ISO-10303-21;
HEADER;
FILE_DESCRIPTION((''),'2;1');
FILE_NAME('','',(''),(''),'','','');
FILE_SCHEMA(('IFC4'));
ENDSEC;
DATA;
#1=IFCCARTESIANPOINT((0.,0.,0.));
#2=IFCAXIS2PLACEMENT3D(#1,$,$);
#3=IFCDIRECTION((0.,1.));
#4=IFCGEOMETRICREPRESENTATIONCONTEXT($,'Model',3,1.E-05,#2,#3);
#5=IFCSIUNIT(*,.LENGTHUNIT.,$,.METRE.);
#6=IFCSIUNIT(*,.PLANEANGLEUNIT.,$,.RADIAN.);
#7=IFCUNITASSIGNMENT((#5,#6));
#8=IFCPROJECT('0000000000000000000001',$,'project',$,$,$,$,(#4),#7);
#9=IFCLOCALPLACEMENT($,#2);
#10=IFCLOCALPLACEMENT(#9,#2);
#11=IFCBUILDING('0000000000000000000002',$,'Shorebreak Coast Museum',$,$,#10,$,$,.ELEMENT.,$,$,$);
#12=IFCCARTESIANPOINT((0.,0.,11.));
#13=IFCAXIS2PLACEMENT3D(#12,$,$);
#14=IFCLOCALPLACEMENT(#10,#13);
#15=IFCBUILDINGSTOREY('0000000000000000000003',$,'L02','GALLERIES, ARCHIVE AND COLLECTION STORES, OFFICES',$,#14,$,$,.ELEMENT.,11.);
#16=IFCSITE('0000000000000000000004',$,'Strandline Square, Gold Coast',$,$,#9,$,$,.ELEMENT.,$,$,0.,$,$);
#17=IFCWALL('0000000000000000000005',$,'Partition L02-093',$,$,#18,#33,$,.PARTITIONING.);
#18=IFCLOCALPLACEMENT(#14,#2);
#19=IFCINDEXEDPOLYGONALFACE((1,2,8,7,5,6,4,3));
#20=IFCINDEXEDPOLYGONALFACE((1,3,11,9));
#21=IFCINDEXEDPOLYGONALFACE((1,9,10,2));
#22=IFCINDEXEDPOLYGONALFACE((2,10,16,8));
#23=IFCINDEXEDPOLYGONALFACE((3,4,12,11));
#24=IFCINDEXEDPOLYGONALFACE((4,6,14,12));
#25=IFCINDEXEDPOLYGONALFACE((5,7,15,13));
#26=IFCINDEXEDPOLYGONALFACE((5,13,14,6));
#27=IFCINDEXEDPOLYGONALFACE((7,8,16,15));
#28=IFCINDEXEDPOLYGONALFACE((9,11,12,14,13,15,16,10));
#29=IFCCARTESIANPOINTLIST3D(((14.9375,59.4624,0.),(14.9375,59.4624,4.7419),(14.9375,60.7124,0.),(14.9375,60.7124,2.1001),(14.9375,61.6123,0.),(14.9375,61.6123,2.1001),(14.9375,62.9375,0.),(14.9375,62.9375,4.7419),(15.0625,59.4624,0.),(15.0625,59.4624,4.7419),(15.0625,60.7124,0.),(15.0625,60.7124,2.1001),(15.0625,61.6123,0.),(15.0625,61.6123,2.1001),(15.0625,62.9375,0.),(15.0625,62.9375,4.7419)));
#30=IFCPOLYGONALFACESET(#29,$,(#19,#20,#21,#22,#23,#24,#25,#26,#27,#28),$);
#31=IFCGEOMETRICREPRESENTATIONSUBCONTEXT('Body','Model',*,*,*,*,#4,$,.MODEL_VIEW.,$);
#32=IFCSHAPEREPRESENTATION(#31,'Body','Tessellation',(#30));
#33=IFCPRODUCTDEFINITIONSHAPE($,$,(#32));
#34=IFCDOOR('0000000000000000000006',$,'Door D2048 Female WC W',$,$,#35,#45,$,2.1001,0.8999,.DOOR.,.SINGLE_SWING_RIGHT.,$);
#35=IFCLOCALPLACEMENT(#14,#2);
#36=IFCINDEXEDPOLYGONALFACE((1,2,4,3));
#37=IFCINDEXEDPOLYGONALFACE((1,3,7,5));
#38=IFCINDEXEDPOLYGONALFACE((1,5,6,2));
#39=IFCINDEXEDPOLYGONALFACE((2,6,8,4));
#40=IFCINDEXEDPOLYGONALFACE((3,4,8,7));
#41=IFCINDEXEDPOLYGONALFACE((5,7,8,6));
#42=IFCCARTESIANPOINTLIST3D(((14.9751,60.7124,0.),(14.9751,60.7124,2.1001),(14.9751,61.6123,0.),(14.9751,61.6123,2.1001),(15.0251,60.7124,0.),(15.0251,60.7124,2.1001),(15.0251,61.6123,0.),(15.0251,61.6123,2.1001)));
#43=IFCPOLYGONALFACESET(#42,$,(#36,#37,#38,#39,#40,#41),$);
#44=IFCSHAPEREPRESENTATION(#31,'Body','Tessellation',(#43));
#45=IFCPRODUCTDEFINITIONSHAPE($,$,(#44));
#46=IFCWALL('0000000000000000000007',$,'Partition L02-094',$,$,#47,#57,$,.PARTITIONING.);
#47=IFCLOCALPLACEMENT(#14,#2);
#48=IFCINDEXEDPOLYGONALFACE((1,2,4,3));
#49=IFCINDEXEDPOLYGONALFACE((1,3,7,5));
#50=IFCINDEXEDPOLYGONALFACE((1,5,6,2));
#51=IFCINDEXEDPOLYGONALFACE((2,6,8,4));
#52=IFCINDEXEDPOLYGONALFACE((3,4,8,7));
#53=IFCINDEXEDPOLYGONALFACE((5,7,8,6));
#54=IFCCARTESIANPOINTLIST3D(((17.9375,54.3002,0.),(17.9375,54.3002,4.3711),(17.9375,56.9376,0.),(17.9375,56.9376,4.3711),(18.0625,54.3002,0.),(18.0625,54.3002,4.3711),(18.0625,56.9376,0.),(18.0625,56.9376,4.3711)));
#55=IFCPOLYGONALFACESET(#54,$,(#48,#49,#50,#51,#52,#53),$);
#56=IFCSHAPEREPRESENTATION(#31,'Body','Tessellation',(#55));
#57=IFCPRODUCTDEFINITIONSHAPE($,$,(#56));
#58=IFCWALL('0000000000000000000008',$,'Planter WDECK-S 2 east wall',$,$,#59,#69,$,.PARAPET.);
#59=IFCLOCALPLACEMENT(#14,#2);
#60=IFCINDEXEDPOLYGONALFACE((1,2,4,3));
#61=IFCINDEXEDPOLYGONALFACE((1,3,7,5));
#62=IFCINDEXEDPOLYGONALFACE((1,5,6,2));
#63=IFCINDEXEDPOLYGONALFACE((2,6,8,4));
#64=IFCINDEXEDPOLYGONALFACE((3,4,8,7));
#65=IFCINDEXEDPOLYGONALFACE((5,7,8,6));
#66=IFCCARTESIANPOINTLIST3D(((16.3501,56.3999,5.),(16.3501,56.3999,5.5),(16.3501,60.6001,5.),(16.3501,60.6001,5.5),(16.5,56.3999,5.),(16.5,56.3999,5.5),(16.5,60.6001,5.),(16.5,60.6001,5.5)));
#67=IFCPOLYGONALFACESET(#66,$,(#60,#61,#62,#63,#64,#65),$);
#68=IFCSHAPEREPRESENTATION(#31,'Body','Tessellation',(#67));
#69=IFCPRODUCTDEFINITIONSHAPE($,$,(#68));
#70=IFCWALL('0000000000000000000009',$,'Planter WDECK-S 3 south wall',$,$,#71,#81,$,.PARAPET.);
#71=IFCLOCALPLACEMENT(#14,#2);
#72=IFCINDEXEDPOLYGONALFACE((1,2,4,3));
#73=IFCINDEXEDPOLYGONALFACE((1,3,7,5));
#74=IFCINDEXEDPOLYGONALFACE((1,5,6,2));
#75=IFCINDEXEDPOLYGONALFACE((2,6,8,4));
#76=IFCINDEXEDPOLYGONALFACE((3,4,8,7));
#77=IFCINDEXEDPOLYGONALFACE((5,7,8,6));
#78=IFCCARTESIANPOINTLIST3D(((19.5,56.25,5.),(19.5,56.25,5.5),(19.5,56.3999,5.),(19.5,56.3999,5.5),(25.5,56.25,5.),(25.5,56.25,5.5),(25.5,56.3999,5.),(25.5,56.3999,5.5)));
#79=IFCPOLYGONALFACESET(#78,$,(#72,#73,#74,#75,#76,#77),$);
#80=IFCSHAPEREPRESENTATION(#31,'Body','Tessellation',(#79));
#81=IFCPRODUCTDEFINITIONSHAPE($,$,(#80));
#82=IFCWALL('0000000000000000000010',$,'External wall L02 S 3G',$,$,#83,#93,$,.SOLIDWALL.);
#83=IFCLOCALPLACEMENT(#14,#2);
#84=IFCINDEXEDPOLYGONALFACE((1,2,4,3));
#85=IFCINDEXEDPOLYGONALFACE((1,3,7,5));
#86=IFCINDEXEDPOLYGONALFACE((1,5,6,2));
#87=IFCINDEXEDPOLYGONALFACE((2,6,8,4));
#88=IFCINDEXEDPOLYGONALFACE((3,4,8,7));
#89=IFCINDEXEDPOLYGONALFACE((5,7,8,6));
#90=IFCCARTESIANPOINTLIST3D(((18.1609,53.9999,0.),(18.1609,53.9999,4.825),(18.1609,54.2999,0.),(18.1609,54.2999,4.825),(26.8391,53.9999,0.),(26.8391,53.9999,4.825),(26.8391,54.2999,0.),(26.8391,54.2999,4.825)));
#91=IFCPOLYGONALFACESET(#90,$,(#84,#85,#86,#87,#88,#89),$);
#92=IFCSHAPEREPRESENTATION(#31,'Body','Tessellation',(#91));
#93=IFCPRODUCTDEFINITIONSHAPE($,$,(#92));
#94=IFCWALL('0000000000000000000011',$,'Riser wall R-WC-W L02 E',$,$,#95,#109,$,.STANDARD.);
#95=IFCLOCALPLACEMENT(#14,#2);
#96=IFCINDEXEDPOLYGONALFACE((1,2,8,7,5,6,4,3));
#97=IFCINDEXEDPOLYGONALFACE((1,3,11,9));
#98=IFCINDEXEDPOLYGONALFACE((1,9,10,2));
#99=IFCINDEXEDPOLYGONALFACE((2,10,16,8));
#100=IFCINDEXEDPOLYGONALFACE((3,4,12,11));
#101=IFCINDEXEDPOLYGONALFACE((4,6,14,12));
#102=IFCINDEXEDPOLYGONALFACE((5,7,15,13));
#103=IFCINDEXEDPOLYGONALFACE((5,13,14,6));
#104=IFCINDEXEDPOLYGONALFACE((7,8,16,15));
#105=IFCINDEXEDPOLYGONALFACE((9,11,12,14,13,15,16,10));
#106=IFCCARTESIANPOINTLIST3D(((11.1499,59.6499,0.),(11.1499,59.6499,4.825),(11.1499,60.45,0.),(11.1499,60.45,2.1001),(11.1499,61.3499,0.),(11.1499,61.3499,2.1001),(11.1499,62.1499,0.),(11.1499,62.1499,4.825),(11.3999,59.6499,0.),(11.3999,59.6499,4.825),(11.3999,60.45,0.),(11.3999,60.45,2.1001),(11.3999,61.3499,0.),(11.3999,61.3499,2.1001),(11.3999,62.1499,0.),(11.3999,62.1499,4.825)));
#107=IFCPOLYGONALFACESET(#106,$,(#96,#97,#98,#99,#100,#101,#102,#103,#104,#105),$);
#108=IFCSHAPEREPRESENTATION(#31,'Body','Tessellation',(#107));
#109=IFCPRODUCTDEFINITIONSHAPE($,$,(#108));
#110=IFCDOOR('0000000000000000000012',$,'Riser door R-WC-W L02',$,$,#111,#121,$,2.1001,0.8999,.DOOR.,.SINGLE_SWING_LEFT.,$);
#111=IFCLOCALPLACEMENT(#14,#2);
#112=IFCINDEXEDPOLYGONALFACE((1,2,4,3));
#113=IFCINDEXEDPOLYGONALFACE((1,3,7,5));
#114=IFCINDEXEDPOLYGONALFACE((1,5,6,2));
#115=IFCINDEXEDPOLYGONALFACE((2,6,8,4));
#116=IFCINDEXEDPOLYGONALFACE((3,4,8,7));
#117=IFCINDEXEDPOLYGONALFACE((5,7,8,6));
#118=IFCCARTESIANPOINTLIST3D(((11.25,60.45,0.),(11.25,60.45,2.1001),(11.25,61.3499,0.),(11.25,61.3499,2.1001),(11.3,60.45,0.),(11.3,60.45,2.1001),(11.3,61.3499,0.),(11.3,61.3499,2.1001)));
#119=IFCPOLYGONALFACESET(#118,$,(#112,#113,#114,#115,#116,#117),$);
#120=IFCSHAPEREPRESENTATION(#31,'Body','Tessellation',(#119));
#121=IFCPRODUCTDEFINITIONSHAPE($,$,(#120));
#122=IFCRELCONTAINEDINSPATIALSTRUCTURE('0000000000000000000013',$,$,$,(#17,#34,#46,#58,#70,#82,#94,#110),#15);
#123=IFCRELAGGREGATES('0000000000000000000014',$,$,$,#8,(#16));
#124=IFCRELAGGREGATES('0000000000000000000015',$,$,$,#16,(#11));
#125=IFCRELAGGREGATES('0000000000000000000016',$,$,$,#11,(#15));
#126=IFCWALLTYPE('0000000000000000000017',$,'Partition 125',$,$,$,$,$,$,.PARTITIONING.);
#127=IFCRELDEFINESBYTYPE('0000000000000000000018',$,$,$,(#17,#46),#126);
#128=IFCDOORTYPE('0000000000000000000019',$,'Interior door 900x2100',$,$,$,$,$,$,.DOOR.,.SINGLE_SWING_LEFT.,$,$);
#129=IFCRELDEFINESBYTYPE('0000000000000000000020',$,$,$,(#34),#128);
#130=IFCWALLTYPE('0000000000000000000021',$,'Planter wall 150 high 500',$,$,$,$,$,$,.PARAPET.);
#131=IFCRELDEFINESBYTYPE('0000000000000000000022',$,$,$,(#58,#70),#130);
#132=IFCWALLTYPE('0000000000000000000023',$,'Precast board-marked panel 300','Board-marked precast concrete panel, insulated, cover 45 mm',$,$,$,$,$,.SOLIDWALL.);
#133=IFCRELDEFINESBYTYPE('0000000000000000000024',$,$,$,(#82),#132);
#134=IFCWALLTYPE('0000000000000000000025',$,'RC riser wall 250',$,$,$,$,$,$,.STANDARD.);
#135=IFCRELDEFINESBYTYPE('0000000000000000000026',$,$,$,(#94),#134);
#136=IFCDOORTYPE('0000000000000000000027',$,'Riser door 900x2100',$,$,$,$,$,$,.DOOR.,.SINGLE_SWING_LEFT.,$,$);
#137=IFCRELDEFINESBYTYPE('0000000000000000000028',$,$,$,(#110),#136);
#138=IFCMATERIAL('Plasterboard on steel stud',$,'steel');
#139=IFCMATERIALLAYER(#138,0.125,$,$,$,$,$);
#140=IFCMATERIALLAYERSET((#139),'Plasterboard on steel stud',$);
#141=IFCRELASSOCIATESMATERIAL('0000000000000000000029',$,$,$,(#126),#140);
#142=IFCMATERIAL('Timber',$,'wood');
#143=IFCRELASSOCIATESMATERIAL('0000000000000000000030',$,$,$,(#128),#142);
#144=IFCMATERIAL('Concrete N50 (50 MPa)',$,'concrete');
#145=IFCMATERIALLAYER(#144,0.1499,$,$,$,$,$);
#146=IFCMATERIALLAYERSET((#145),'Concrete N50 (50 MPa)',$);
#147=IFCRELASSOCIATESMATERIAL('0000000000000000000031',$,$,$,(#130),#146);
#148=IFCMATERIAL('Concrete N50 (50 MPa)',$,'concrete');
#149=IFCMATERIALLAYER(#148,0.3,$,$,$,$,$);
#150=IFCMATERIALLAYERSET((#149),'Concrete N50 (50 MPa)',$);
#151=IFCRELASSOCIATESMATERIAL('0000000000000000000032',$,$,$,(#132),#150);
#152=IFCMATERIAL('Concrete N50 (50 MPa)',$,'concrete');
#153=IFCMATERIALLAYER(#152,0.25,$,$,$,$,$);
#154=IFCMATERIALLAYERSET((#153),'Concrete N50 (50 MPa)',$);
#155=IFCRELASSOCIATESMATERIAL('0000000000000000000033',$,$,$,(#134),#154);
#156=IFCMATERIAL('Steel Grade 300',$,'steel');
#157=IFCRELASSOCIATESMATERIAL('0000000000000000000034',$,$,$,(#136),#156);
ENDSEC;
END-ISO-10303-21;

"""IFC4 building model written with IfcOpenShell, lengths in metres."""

from ifc_helpers import new_model, si_unit, direction, frame, frame_2d, origin, place, context, subcontext, project, spatial, rectangle, extrude, material, layer, layer_set, type_object, element, fill, save


model = new_model("IFC4")

# Units and contexts
model_context = context("Model", 3, precision=1e-05, world=origin(), true_north=direction((0.0, 1.0)))
body_context = subcontext(model_context, "Body", "Model", "MODEL_VIEW")
ifc_project = project(units=[si_unit("LENGTHUNIT", "METRE"), si_unit("PLANEANGLEUNIT", "RADIAN")], contexts=[model_context])

# Site, building, storey
site_placement = place(None, origin())
site = spatial("IfcSite", under=ifc_project, at=site_placement, Name="Strandline Square, Gold Coast", CompositionType="ELEMENT", RefElevation=0.0)
building_placement = place(site_placement, origin())
building = spatial("IfcBuilding", under=site, at=building_placement, Name="Shorebreak Coast Museum", CompositionType="ELEMENT")
storey_placement = place(building_placement, frame((0.0, 0.0, 11.0)))
storey = spatial("IfcBuildingStorey", under=building, at=storey_placement, Name="L02", Description="GALLERIES, ARCHIVE AND COLLECTION STORES, OFFICES", CompositionType="ELEMENT", Elevation=11.0)

# Shared definitions
ifc_material_1 = material(Name="Plasterboard on steel stud", Category="steel")
ifc_layer_1 = layer(ifc_material_1, 0.125)
ifc_layer_set_1 = layer_set([ifc_layer_1], Name="Plasterboard on steel stud")
wall_type_1 = type_object("IfcWallType", Name="Partition 125", PredefinedType="PARTITIONING", material=ifc_layer_set_1)

# Wall, opening, door
wall_1_placement = place(storey_placement, frame((15.0, 59.4624, 0.0), z_axis=(0.0, 0.0, 1.0), x_axis=(0.0, 1.0, 0.0)))
wall_1 = element("IfcWall", 1, at=wall_1_placement, inside=storey, type_object=wall_type_1, Name="Partition L02-093", PredefinedType="PARTITIONING", context=body_context, shape_type="SweptSolid", body=[
    extrude(rectangle(XDim=3.4751, YDim=0.125, at=frame_2d((1.7375, 0.0))), origin(), (0.0, 0.0, 1.0), 4.7419),
])
opening_1_placement = place(wall_1_placement, frame((1.25, 0.0, 0.0)))
opening_1 = element("IfcOpeningElement", 2, at=opening_1_placement, cuts=wall_1, PredefinedType="OPENING", context=body_context, shape_type="SweptSolid", body=[
    extrude(rectangle(XDim=0.8999, YDim=2.1001, at=frame_2d((0.45, 1.05))), frame((0.0, 0.0725, 0.0), z_axis=(0.0, -1.0, 0.0), x_axis=(1.0, 0.0, 0.0)), (0.0, 0.0, 1.0), 0.145),
])
ifc_material_2 = material(Name="Timber", Category="wood")
door_type_1 = type_object("IfcDoorType", Name="Interior door 900x2100", OperationType="SINGLE_SWING_LEFT", PredefinedType="DOOR", material=ifc_material_2)
door_1_placement = place(opening_1_placement, origin())
door_1 = element("IfcDoor", 3, at=door_1_placement, inside=storey, type_object=door_type_1, Name="Door D2048 Female WC W", OperationType="SINGLE_SWING_RIGHT", OverallHeight=2.1001, OverallWidth=0.8999, PredefinedType="DOOR", context=body_context, shape_type="SweptSolid", body=[
    extrude(rectangle(XDim=0.8999, YDim=2.1001, at=frame_2d((0.45, 1.05))), frame((0.0, 0.0249, 0.0), z_axis=(0.0, -1.0, 0.0), x_axis=(1.0, 0.0, 0.0)), (0.0, 0.0, 1.0), 0.05),
])
fill(opening_1, door_1)

# Walls
wall_2_placement = place(storey_placement, frame((18.0, 54.3, 0.0), z_axis=(0.0, 0.0, 1.0), x_axis=(0.0, 1.0, 0.0)))
element("IfcWall", 4, at=wall_2_placement, inside=storey, type_object=wall_type_1, Name="Partition L02-094", PredefinedType="PARTITIONING", context=body_context, shape_type="SweptSolid", body=[
    extrude(rectangle(XDim=2.6375, YDim=0.125, at=frame_2d((1.3188, 0.0))), origin(), (0.0, 0.0, 1.0), 4.3711),
])
ifc_material_3 = material(Name="Concrete N50 (50 MPa)", Category="concrete")
ifc_layer_2 = layer(ifc_material_3, 0.1499)
ifc_layer_set_2 = layer_set([ifc_layer_2], Name="Concrete N50 (50 MPa)")
wall_type_2 = type_object("IfcWallType", Name="Planter wall 150 high 500", PredefinedType="PARAPET", material=ifc_layer_set_2)
wall_3_placement = place(storey_placement, frame((16.425, 56.3999, 5.0), z_axis=(0.0, 0.0, 1.0), x_axis=(0.0, 1.0, 0.0)))
element("IfcWall", 5, at=wall_3_placement, inside=storey, type_object=wall_type_2, Name="Planter WDECK-S 2 east wall", PredefinedType="PARAPET", context=body_context, shape_type="SweptSolid", body=[
    extrude(rectangle(XDim=4.2002, YDim=0.1499, at=frame_2d((2.1001, 0.0))), origin(), (0.0, 0.0, 1.0), 0.5),
])
wall_4_placement = place(storey_placement, frame((19.5, 56.325, 5.0), z_axis=(0.0, 0.0, 1.0), x_axis=(1.0, 0.0, 0.0)))
element("IfcWall", 6, at=wall_4_placement, inside=storey, type_object=wall_type_2, Name="Planter WDECK-S 3 south wall", PredefinedType="PARAPET", context=body_context, shape_type="SweptSolid", body=[
    extrude(rectangle(XDim=6.0, YDim=0.1499, at=frame_2d((3.0, 0.0))), origin(), (0.0, 0.0, 1.0), 0.5),
])
ifc_material_4 = material(Name="Concrete N50 (50 MPa)", Category="concrete")
ifc_layer_3 = layer(ifc_material_4, 0.3)
ifc_layer_set_3 = layer_set([ifc_layer_3], Name="Concrete N50 (50 MPa)")
wall_type_3 = type_object("IfcWallType", Name="Precast board-marked panel 300", Description="Board-marked precast concrete panel, insulated, cover 45 mm", PredefinedType="SOLIDWALL", material=ifc_layer_set_3)
wall_5_placement = place(storey_placement, frame((18.1609, 54.1499, 0.0), z_axis=(0.0, 0.0, 1.0), x_axis=(1.0, 0.0, 0.0)))
element("IfcWall", 7, at=wall_5_placement, inside=storey, type_object=wall_type_3, Name="External wall L02 S 3G", PredefinedType="SOLIDWALL", context=body_context, shape_type="SweptSolid", body=[
    extrude(rectangle(XDim=8.6782, YDim=0.3, at=frame_2d((4.3391, 0.0))), origin(), (0.0, 0.0, 1.0), 4.825),
])

# Wall, opening, door
ifc_material_5 = material(Name="Concrete N50 (50 MPa)", Category="concrete")
ifc_layer_4 = layer(ifc_material_5, 0.25)
ifc_layer_set_4 = layer_set([ifc_layer_4], Name="Concrete N50 (50 MPa)")
wall_type_4 = type_object("IfcWallType", Name="RC riser wall 250", PredefinedType="STANDARD", material=ifc_layer_set_4)
wall_6_placement = place(storey_placement, frame((11.2749, 59.6499, 0.0), z_axis=(0.0, 0.0, 1.0), x_axis=(0.0, 1.0, 0.0)))
wall_6 = element("IfcWall", 8, at=wall_6_placement, inside=storey, type_object=wall_type_4, Name="Riser wall R-WC-W L02 E", PredefinedType="STANDARD", context=body_context, shape_type="SweptSolid", body=[
    extrude(rectangle(XDim=2.5, YDim=0.25, at=frame_2d((1.25, 0.0))), origin(), (0.0, 0.0, 1.0), 4.825),
])
opening_2_placement = place(wall_6_placement, frame((0.8, 0.0, 0.0)))
opening_2 = element("IfcOpeningElement", 9, at=opening_2_placement, cuts=wall_6, PredefinedType="OPENING", context=body_context, shape_type="SweptSolid", body=[
    extrude(rectangle(XDim=0.8999, YDim=2.1001, at=frame_2d((0.45, 1.05))), frame((0.0, 0.135, 0.0), z_axis=(0.0, -1.0, 0.0), x_axis=(1.0, 0.0, 0.0)), (0.0, 0.0, 1.0), 0.27),
])
ifc_material_6 = material(Name="Steel Grade 300", Category="steel")
door_type_2 = type_object("IfcDoorType", Name="Riser door 900x2100", OperationType="SINGLE_SWING_LEFT", PredefinedType="DOOR", material=ifc_material_6)
door_2_placement = place(opening_2_placement, origin())
door_2 = element("IfcDoor", 10, at=door_2_placement, inside=storey, type_object=door_type_2, Name="Riser door R-WC-W L02", OperationType="SINGLE_SWING_LEFT", OverallHeight=2.1001, OverallWidth=0.8999, PredefinedType="DOOR", context=body_context, shape_type="SweptSolid", body=[
    extrude(rectangle(XDim=0.8999, YDim=2.1001, at=frame_2d((0.45, 1.05))), frame((0.0, 0.0249, 0.0), z_axis=(0.0, -1.0, 0.0), x_axis=(1.0, 0.0, 0.0)), (0.0, 0.0, 1.0), 0.05),
])
fill(opening_2, door_2)

save(model, "model.ifc")
